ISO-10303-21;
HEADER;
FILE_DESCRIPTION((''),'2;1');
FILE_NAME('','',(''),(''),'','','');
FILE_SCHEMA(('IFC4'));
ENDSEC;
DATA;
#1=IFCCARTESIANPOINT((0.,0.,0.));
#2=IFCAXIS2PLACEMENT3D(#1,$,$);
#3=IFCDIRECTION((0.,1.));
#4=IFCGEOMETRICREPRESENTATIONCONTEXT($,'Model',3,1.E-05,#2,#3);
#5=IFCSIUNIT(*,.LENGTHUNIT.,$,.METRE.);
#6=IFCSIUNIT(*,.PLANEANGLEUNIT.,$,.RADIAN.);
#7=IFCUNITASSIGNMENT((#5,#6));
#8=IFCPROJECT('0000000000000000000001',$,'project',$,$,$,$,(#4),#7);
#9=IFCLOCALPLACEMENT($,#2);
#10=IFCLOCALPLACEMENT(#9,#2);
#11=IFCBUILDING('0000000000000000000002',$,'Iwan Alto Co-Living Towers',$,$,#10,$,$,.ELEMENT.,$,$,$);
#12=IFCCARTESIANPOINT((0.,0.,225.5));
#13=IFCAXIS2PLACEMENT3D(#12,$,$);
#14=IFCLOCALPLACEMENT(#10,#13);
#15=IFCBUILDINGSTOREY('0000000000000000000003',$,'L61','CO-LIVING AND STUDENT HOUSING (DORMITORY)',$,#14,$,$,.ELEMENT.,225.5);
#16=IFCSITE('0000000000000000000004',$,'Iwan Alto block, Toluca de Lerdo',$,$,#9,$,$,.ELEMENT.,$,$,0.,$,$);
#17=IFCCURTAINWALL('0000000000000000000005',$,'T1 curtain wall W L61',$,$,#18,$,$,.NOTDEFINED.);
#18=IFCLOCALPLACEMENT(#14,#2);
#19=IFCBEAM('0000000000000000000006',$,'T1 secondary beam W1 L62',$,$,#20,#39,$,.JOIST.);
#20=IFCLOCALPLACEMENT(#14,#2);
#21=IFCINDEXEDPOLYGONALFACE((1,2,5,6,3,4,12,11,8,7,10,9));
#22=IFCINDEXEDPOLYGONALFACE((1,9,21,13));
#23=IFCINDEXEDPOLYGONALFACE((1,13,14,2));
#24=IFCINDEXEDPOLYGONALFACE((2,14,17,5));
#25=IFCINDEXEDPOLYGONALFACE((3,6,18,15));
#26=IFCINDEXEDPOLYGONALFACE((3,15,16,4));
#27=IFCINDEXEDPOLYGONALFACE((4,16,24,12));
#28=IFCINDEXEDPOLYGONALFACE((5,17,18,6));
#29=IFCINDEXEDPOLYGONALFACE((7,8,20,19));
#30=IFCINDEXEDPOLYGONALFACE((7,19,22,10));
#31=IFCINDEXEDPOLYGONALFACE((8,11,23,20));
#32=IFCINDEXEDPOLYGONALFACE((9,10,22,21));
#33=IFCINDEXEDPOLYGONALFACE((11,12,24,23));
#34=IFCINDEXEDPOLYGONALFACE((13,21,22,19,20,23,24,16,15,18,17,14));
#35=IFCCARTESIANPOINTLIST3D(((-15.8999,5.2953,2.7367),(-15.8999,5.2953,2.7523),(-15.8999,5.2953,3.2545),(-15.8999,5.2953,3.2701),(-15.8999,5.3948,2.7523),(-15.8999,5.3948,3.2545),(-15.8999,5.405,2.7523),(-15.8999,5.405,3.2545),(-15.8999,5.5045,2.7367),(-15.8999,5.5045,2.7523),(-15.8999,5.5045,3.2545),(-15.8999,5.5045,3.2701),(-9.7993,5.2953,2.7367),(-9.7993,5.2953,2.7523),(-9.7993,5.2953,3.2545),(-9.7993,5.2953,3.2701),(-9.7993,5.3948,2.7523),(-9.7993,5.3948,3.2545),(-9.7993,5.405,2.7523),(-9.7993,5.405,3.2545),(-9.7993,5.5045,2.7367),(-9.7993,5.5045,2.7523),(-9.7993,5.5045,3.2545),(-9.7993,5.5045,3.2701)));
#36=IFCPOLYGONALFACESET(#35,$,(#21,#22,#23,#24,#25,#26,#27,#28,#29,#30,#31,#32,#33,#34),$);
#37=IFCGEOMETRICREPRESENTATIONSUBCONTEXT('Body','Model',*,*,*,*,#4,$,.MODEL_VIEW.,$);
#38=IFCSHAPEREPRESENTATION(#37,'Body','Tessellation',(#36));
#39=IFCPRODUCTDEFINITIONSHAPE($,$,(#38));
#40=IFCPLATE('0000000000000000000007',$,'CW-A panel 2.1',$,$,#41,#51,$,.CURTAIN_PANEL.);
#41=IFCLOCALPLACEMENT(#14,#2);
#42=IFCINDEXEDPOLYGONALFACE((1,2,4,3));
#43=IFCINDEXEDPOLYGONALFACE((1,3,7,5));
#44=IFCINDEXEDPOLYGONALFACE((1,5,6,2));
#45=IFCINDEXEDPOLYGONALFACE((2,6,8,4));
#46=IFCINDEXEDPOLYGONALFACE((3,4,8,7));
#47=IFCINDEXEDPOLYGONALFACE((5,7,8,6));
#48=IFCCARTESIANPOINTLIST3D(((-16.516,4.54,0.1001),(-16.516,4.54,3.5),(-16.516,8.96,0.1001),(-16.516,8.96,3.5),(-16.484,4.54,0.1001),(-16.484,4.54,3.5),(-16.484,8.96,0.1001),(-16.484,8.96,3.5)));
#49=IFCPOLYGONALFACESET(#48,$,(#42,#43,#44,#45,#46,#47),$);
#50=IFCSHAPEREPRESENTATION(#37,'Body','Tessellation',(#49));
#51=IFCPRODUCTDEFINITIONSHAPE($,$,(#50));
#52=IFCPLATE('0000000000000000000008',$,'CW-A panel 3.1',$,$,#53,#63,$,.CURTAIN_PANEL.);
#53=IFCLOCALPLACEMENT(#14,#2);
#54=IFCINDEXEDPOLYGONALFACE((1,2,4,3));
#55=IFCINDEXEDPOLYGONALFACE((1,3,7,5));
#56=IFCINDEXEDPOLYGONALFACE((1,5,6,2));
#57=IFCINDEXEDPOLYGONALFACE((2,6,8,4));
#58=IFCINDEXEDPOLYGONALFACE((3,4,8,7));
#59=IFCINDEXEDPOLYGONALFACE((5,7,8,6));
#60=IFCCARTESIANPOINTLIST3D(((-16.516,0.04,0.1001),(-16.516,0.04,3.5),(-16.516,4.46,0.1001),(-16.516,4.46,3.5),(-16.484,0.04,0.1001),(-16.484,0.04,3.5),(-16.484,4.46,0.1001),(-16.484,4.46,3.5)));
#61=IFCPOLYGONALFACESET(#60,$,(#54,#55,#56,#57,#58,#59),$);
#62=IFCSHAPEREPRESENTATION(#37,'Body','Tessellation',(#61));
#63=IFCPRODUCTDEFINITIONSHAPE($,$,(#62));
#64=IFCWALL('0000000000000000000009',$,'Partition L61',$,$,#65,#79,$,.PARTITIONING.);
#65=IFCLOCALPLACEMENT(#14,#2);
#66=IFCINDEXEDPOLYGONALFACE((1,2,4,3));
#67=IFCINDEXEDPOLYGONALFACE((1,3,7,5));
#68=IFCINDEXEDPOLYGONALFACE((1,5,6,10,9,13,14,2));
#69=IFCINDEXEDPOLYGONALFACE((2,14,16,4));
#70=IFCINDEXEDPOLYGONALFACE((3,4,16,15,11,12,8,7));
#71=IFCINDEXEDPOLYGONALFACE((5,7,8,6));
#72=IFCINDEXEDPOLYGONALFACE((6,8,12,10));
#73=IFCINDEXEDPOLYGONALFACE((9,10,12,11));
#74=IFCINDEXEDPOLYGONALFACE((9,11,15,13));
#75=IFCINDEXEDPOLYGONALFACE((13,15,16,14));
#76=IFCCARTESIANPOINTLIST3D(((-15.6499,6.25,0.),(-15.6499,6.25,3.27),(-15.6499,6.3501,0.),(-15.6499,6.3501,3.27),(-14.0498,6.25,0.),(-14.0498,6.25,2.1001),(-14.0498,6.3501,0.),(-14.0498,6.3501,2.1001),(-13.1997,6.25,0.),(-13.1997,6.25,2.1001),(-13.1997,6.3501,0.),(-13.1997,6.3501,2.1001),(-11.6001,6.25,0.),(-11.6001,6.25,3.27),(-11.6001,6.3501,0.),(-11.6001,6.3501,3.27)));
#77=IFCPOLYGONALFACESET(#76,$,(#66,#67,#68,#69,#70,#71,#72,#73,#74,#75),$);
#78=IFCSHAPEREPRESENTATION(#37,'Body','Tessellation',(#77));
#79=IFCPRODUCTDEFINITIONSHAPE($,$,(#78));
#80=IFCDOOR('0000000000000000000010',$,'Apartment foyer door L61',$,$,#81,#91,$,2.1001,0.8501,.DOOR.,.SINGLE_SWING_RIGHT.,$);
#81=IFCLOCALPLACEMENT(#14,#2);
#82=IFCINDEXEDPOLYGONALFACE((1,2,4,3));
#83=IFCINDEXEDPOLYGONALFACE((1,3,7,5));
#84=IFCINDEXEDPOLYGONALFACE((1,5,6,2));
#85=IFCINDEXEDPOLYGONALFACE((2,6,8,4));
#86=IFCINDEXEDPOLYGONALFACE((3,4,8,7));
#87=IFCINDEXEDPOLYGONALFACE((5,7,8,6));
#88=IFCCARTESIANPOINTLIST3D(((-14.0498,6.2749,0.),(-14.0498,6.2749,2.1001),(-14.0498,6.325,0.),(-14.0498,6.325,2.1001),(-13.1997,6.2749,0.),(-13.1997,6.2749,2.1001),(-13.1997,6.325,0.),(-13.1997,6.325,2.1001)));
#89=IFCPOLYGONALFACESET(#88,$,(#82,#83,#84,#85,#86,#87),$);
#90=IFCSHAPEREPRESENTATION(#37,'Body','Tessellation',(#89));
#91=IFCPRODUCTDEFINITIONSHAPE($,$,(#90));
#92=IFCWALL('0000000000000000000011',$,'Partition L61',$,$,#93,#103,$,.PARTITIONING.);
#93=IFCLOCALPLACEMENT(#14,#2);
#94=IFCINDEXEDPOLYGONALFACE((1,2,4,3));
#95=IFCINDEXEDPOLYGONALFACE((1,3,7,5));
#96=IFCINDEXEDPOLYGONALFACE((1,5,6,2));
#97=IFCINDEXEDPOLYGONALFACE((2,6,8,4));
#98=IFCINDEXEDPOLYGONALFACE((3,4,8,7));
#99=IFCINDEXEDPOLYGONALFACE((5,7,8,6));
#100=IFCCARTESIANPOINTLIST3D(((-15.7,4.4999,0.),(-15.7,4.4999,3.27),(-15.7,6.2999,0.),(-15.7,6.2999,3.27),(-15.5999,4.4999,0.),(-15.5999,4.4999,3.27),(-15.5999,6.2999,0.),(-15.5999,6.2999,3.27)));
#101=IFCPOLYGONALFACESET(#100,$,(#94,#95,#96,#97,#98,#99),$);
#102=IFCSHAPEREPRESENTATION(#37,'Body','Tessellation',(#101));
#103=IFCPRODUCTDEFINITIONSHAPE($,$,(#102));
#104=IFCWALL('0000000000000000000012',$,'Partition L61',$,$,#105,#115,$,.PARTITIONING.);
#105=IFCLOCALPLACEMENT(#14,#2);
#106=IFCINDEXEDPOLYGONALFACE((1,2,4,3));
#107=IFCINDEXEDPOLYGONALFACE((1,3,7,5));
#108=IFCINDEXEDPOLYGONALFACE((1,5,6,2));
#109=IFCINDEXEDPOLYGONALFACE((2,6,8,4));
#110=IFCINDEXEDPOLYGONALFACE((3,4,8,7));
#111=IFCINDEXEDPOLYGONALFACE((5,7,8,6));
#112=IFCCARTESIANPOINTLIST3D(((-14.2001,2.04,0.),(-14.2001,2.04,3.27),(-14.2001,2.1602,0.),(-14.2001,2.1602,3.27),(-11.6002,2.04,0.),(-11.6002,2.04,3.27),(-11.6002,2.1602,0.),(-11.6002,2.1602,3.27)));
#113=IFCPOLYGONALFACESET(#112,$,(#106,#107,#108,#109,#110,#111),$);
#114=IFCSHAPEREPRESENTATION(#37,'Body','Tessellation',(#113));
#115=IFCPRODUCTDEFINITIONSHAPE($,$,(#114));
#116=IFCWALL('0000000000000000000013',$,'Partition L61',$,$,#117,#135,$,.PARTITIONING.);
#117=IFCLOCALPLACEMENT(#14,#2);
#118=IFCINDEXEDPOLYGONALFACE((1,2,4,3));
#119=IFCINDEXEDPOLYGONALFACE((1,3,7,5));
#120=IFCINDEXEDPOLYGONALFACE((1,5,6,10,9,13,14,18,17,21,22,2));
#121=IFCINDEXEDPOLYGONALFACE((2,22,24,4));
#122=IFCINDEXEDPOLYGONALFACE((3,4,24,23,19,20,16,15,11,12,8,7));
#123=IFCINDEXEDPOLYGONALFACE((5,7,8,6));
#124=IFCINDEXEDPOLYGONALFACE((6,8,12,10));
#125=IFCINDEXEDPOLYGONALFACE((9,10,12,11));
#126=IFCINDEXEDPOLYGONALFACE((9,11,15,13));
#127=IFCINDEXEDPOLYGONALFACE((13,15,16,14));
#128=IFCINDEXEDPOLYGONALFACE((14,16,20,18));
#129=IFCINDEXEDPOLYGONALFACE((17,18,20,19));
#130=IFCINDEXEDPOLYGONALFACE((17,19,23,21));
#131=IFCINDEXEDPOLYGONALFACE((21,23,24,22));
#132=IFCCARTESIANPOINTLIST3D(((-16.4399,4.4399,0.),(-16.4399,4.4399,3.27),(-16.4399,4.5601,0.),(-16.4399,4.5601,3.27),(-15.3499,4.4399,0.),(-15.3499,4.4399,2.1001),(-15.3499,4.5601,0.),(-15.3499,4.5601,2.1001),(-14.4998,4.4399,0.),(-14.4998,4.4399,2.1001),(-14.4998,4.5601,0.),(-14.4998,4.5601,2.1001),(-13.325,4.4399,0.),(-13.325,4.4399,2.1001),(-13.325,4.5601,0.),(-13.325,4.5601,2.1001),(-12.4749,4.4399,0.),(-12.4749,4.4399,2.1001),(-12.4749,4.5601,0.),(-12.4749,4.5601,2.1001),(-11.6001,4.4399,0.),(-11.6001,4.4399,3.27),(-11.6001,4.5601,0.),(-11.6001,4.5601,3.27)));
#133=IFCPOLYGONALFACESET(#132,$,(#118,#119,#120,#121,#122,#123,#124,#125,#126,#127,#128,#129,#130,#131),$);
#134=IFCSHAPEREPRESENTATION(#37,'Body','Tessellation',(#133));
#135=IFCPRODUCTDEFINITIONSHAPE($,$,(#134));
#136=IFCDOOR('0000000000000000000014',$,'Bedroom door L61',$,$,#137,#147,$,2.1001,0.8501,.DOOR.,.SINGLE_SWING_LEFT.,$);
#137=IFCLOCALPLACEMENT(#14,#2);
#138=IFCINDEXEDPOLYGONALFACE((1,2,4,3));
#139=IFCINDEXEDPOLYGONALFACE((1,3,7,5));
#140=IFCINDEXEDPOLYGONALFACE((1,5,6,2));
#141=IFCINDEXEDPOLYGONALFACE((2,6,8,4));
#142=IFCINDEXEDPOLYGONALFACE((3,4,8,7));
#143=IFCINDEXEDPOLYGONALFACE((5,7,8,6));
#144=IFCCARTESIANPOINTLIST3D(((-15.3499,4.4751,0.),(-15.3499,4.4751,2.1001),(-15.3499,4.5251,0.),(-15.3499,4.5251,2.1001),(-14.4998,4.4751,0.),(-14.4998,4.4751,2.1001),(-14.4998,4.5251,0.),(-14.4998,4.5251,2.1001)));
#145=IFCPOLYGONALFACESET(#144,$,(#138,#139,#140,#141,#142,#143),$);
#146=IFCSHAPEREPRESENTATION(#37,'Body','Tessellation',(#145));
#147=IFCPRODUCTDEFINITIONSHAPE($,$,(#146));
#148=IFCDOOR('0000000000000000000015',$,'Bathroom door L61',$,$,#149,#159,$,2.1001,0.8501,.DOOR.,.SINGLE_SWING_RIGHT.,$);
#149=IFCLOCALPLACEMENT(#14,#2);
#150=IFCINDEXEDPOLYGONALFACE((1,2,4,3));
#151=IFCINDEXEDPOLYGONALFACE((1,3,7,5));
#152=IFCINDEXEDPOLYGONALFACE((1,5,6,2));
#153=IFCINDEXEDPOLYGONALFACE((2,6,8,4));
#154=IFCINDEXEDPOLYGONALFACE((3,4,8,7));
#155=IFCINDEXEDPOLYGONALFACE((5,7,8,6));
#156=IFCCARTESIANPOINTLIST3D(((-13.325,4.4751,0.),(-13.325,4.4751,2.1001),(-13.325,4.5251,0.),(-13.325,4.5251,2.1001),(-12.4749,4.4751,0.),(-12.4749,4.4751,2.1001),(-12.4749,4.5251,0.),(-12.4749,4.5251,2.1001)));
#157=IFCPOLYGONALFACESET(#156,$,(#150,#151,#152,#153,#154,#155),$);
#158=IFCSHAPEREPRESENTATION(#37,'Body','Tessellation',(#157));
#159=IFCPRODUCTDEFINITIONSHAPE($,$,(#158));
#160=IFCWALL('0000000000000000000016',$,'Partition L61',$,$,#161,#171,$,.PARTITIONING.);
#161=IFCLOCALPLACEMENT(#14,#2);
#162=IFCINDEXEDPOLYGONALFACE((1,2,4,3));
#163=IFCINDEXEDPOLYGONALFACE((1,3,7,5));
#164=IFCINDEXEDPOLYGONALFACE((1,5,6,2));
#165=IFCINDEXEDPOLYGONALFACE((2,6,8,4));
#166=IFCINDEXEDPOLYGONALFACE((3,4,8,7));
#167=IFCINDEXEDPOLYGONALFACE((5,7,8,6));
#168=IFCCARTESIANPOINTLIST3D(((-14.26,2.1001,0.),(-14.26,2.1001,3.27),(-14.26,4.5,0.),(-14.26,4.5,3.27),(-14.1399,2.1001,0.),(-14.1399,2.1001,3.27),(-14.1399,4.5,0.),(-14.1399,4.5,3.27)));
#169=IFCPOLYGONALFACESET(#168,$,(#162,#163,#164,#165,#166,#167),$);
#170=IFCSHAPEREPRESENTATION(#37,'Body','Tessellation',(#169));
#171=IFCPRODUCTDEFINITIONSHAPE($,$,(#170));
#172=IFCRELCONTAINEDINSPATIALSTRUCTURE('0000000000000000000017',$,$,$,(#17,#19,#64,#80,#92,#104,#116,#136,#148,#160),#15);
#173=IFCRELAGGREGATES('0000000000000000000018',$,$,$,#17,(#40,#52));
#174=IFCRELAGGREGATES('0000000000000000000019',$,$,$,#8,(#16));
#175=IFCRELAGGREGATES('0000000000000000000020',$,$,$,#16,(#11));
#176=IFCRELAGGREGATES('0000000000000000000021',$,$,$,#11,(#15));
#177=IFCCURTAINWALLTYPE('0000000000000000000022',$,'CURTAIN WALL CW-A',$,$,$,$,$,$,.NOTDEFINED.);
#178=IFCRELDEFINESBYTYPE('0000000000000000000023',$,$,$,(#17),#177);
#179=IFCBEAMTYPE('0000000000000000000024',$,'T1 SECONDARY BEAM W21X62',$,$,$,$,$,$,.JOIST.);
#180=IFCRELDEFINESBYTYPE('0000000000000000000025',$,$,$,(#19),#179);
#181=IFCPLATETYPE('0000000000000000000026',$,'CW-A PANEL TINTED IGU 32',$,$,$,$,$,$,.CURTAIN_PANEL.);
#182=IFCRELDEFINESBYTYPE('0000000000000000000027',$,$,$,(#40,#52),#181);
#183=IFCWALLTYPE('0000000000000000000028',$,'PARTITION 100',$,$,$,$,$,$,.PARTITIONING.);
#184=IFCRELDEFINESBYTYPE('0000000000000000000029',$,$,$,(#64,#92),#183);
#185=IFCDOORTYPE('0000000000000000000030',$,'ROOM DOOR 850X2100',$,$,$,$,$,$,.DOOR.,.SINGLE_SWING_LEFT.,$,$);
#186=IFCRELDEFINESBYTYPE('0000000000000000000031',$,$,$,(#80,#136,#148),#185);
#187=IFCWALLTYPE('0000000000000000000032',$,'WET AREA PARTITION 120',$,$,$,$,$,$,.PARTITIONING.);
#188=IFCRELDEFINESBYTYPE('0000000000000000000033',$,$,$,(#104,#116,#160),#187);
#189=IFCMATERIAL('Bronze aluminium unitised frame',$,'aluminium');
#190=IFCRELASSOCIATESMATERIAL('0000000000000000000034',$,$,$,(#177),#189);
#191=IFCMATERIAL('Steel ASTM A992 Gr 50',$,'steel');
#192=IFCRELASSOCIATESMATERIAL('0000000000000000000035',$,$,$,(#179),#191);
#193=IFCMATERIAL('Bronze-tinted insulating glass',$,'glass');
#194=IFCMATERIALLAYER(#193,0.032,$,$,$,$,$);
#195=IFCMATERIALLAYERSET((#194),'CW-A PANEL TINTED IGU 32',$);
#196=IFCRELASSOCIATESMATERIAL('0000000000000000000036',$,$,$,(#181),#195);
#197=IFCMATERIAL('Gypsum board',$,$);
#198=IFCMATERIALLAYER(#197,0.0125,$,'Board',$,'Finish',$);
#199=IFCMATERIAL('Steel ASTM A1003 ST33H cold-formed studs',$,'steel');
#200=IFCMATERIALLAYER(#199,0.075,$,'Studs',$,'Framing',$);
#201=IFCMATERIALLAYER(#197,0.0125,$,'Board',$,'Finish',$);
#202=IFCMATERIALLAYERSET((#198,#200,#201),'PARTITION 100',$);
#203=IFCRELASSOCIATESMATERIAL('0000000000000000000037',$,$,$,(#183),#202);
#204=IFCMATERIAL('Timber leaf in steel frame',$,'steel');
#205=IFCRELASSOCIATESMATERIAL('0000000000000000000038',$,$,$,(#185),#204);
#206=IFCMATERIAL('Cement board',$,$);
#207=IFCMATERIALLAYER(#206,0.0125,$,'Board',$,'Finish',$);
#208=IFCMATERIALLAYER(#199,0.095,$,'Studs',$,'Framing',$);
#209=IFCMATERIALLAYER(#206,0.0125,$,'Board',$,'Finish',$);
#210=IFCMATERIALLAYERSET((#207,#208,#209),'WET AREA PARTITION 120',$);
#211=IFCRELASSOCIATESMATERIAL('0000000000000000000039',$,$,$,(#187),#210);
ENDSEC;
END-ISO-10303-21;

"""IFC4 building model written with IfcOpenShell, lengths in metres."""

from ifc_helpers import new_model, si_unit, direction, frame, frame_2d, origin, origin_2d, place, context, subcontext, project, spatial, rectangle, i_section, extrude, material, layer, layer_set, material_profile, profile_set, type_object, element, fill, aggregate, save


model = new_model("IFC4")

# Units and contexts
model_context = context("Model", 3, precision=1e-05, world=origin(), true_north=direction((0.0, 1.0)))
body_context = subcontext(model_context, "Body", "Model", "MODEL_VIEW")
ifc_project = project(units=[si_unit("LENGTHUNIT", "METRE"), si_unit("PLANEANGLEUNIT", "RADIAN")], contexts=[model_context])

# Site, building, storey
site_placement = place(None, origin())
site = spatial("IfcSite", under=ifc_project, at=site_placement, Name="Iwan Alto block, Toluca de Lerdo", CompositionType="ELEMENT", RefElevation=0.0)
building_placement = place(site_placement, origin())
building = spatial("IfcBuilding", under=site, at=building_placement, Name="Iwan Alto Co-Living Towers", CompositionType="ELEMENT")
storey_placement = place(building_placement, frame((0.0, 0.0, 225.5)))
storey = spatial("IfcBuildingStorey", under=building, at=storey_placement, Name="L61", Description="CO-LIVING AND STUDENT HOUSING (DORMITORY)", CompositionType="ELEMENT", Elevation=225.5)

# Curtain wall
ifc_material_1 = material(Name="Bronze aluminium unitised frame", Category="aluminium")
curtain_wall_type = type_object("IfcCurtainWallType", Name="CURTAIN WALL CW-A", PredefinedType="NOTDEFINED", material=ifc_material_1)
curtain_wall_placement = place(storey_placement, origin())
curtain_wall = element("IfcCurtainWall", 1, at=curtain_wall_placement, inside=storey, type_object=curtain_wall_type, Name="T1 curtain wall W L61", PredefinedType="NOTDEFINED")

# Beam
ifc_material_2 = material(Name="Steel ASTM A992 Gr 50", Category="steel")
ifc_material_profile_1 = material_profile(ifc_material_2, i_section(OverallWidth=0.2092, OverallDepth=0.5334, WebThickness=0.0103, FlangeThickness=0.0156, at=origin_2d()), Name="W21X62")
ifc_profile_set_1 = profile_set([ifc_material_profile_1], Name="Steel ASTM A992 Gr 50")
beam_type_1 = type_object("IfcBeamType", Name="T1 SECONDARY BEAM W21X62", PredefinedType="JOIST", material=ifc_profile_set_1)
beam_1_placement = place(storey_placement, frame((-15.8999, 5.3999, 3.0034), z_axis=(1.0, 0.0, 0.0), x_axis=(0.0, 1.0, 0.0)))
element("IfcBeam", 2, at=beam_1_placement, inside=storey, type_object=beam_type_1, Name="T1 secondary beam W1 L62", PredefinedType="JOIST", context=body_context, shape_type="SweptSolid", body=[
    extrude(i_section(OverallWidth=0.2092, OverallDepth=0.5334, WebThickness=0.0103, FlangeThickness=0.0156, at=origin_2d()), origin(), (0.0, 0.0, 1.0), 6.1006),
])

# Plates
ifc_material_3 = material(Name="Bronze-tinted insulating glass", Category="glass")
ifc_layer_1 = layer(ifc_material_3, 0.032)
ifc_layer_set_1 = layer_set([ifc_layer_1], Name="CW-A PANEL TINTED IGU 32")
plate_type = type_object("IfcPlateType", Name="CW-A PANEL TINTED IGU 32", PredefinedType="CURTAIN_PANEL", material=ifc_layer_set_1)
plate_1_placement = place(storey_placement, frame((-16.5, 6.75, 0.1001), z_axis=(0.0, 0.0, 1.0), x_axis=(0.0, -1.0, 0.0)))
plate_1 = element("IfcPlate", 3, at=plate_1_placement, type_object=plate_type, Name="CW-A panel 2.1", PredefinedType="CURTAIN_PANEL", context=body_context, shape_type="SweptSolid", body=[
    extrude(rectangle(XDim=4.4199, YDim=0.032, at=origin_2d()), origin(), (0.0, 0.0, 1.0), 3.3999),
])
plate_2_placement = place(storey_placement, frame((-16.5, 2.25, 0.1001), z_axis=(0.0, 0.0, 1.0), x_axis=(0.0, -1.0, 0.0)))
plate_2 = element("IfcPlate", 4, at=plate_2_placement, type_object=plate_type, Name="CW-A panel 3.1", PredefinedType="CURTAIN_PANEL", context=body_context, shape_type="SweptSolid", body=[
    extrude(rectangle(XDim=4.4199, YDim=0.032, at=origin_2d()), origin(), (0.0, 0.0, 1.0), 3.3999),
])
aggregate(curtain_wall, [plate_1, plate_2])

# Wall, opening, door
ifc_material_4 = material(Name="Gypsum board")
ifc_layer_2 = layer(ifc_material_4, 0.0125, Name="Board", Category="Finish")
ifc_material_5 = material(Name="Steel ASTM A1003 ST33H cold-formed studs", Category="steel")
ifc_layer_3 = layer(ifc_material_5, 0.075, Name="Studs", Category="Framing")
ifc_layer_4 = layer(ifc_material_4, 0.0125, Name="Board", Category="Finish")
ifc_layer_set_2 = layer_set([ifc_layer_2, ifc_layer_3, ifc_layer_4], Name="PARTITION 100")
wall_type_1 = type_object("IfcWallType", Name="PARTITION 100", PredefinedType="PARTITIONING", material=ifc_layer_set_2)
wall_1_placement = place(storey_placement, frame((-15.6499, 6.3, 0.0), z_axis=(0.0, 0.0, 1.0), x_axis=(1.0, 0.0, 0.0)))
wall_1 = element("IfcWall", 5, at=wall_1_placement, inside=storey, type_object=wall_type_1, Name="Partition L61", PredefinedType="PARTITIONING", context=body_context, shape_type="SweptSolid", body=[
    extrude(rectangle(XDim=4.0498, YDim=0.1001, at=frame_2d((2.0249, 0.0))), origin(), (0.0, 0.0, 1.0), 3.27),
])
opening_1_placement = place(wall_1_placement, frame((1.6001, 0.0, 0.0)))
opening_1 = element("IfcOpeningElement", 6, at=opening_1_placement, cuts=wall_1, PredefinedType="OPENING", context=body_context, shape_type="SweptSolid", body=[
    extrude(rectangle(XDim=0.8501, YDim=2.1001, at=frame_2d((0.425, 1.05))), frame((0.0, 0.0601, 0.0), z_axis=(0.0, -1.0, 0.0), x_axis=(1.0, 0.0, 0.0)), (0.0, 0.0, 1.0), 0.1201),
])
ifc_material_6 = material(Name="Timber leaf in steel frame", Category="steel")
door_type = type_object("IfcDoorType", Name="ROOM DOOR 850X2100", OperationType="SINGLE_SWING_LEFT", PredefinedType="DOOR", material=ifc_material_6)
door_1_placement = place(opening_1_placement, origin())
door_1 = element("IfcDoor", 7, at=door_1_placement, inside=storey, type_object=door_type, Name="Apartment foyer door L61", OperationType="SINGLE_SWING_RIGHT", OverallHeight=2.1001, OverallWidth=0.8501, PredefinedType="DOOR", context=body_context, shape_type="SweptSolid", body=[
    extrude(rectangle(XDim=0.8501, YDim=2.1001, at=frame_2d((0.425, 1.05))), frame((0.0, 0.0249, 0.0), z_axis=(0.0, -1.0, 0.0), x_axis=(1.0, 0.0, 0.0)), (0.0, 0.0, 1.0), 0.05),
])
fill(opening_1, door_1)

# Walls
wall_2_placement = place(storey_placement, frame((-15.6499, 4.5, 0.0), z_axis=(0.0, 0.0, 1.0), x_axis=(0.0, 1.0, 0.0)))
element("IfcWall", 8, at=wall_2_placement, inside=storey, type_object=wall_type_1, Name="Partition L61", PredefinedType="PARTITIONING", context=body_context, shape_type="SweptSolid", body=[
    extrude(rectangle(XDim=1.8, YDim=0.1001, at=frame_2d((0.8999, 0.0))), origin(), (0.0, 0.0, 1.0), 3.27),
])
ifc_material_7 = material(Name="Cement board")
ifc_layer_5 = layer(ifc_material_7, 0.0125, Name="Board", Category="Finish")
ifc_layer_6 = layer(ifc_material_5, 0.095, Name="Studs", Category="Framing")
ifc_layer_7 = layer(ifc_material_7, 0.0125, Name="Board", Category="Finish")
ifc_layer_set_3 = layer_set([ifc_layer_5, ifc_layer_6, ifc_layer_7], Name="WET AREA PARTITION 120")
wall_type_2 = type_object("IfcWallType", Name="WET AREA PARTITION 120", PredefinedType="PARTITIONING", material=ifc_layer_set_3)
wall_3_placement = place(storey_placement, frame((-14.2, 2.1001, 0.0), z_axis=(0.0, 0.0, 1.0), x_axis=(1.0, 0.0, 0.0)))
element("IfcWall", 9, at=wall_3_placement, inside=storey, type_object=wall_type_2, Name="Partition L61", PredefinedType="PARTITIONING", context=body_context, shape_type="SweptSolid", body=[
    extrude(rectangle(XDim=2.5999, YDim=0.1201, at=frame_2d((1.2998, 0.0))), origin(), (0.0, 0.0, 1.0), 3.27),
])

# Wall, openings, doors
wall_4_placement = place(storey_placement, frame((-16.4399, 4.5, 0.0), z_axis=(0.0, 0.0, 1.0), x_axis=(1.0, 0.0, 0.0)))
wall_4 = element("IfcWall", 10, at=wall_4_placement, inside=storey, type_object=wall_type_2, Name="Partition L61", PredefinedType="PARTITIONING", context=body_context, shape_type="SweptSolid", body=[
    extrude(rectangle(XDim=4.8398, YDim=0.1201, at=frame_2d((2.4199, 0.0))), origin(), (0.0, 0.0, 1.0), 3.27),
])
opening_2_placement = place(wall_4_placement, frame((1.0901, 0.0, 0.0)))
opening_2 = element("IfcOpeningElement", 11, at=opening_2_placement, cuts=wall_4, PredefinedType="OPENING", context=body_context, shape_type="SweptSolid", body=[
    extrude(rectangle(XDim=0.8501, YDim=2.1001, at=frame_2d((0.425, 1.05))), frame((0.0, 0.0701, 0.0), z_axis=(0.0, -1.0, 0.0), x_axis=(1.0, 0.0, 0.0)), (0.0, 0.0, 1.0), 0.1401),
])
opening_3_placement = place(wall_4_placement, frame((3.115, 0.0, 0.0)))
opening_3 = element("IfcOpeningElement", 12, at=opening_3_placement, cuts=wall_4, PredefinedType="OPENING", context=body_context, shape_type="SweptSolid", body=[
    extrude(rectangle(XDim=0.8501, YDim=2.1001, at=frame_2d((0.425, 1.05))), frame((0.0, 0.0701, 0.0), z_axis=(0.0, -1.0, 0.0), x_axis=(1.0, 0.0, 0.0)), (0.0, 0.0, 1.0), 0.1401),
])
door_2_placement = place(opening_2_placement, frame((0.8501, 0.0, 0.0), z_axis=(0.0, 0.0, 1.0), x_axis=(-1.0, 0.0, 0.0)))
door_2 = element("IfcDoor", 13, at=door_2_placement, inside=storey, type_object=door_type, Name="Bedroom door L61", OperationType="SINGLE_SWING_LEFT", OverallHeight=2.1001, OverallWidth=0.8501, PredefinedType="DOOR", context=body_context, shape_type="SweptSolid", body=[
    extrude(rectangle(XDim=0.8501, YDim=2.1001, at=frame_2d((0.425, 1.05))), frame((0.0, 0.0249, 0.0), z_axis=(0.0, -1.0, 0.0), x_axis=(1.0, 0.0, 0.0)), (0.0, 0.0, 1.0), 0.05),
])
fill(opening_2, door_2)
door_3_placement = place(opening_3_placement, frame((0.8501, 0.0, 0.0), z_axis=(0.0, 0.0, 1.0), x_axis=(-1.0, 0.0, 0.0)))
door_3 = element("IfcDoor", 14, at=door_3_placement, inside=storey, type_object=door_type, Name="Bathroom door L61", OperationType="SINGLE_SWING_RIGHT", OverallHeight=2.1001, OverallWidth=0.8501, PredefinedType="DOOR", context=body_context, shape_type="SweptSolid", body=[
    extrude(rectangle(XDim=0.8501, YDim=2.1001, at=frame_2d((0.425, 1.05))), frame((0.0, 0.0249, 0.0), z_axis=(0.0, -1.0, 0.0), x_axis=(1.0, 0.0, 0.0)), (0.0, 0.0, 1.0), 0.05),
])
fill(opening_3, door_3)

# Wall
wall_5_placement = place(storey_placement, frame((-14.2, 2.1001, 0.0), z_axis=(0.0, 0.0, 1.0), x_axis=(0.0, 1.0, 0.0)))
element("IfcWall", 15, at=wall_5_placement, inside=storey, type_object=wall_type_2, Name="Partition L61", PredefinedType="PARTITIONING", context=body_context, shape_type="SweptSolid", body=[
    extrude(rectangle(XDim=2.3999, YDim=0.1201, at=frame_2d((1.2, 0.0))), origin(), (0.0, 0.0, 1.0), 3.27),
])

save(model, "model.ifc")
